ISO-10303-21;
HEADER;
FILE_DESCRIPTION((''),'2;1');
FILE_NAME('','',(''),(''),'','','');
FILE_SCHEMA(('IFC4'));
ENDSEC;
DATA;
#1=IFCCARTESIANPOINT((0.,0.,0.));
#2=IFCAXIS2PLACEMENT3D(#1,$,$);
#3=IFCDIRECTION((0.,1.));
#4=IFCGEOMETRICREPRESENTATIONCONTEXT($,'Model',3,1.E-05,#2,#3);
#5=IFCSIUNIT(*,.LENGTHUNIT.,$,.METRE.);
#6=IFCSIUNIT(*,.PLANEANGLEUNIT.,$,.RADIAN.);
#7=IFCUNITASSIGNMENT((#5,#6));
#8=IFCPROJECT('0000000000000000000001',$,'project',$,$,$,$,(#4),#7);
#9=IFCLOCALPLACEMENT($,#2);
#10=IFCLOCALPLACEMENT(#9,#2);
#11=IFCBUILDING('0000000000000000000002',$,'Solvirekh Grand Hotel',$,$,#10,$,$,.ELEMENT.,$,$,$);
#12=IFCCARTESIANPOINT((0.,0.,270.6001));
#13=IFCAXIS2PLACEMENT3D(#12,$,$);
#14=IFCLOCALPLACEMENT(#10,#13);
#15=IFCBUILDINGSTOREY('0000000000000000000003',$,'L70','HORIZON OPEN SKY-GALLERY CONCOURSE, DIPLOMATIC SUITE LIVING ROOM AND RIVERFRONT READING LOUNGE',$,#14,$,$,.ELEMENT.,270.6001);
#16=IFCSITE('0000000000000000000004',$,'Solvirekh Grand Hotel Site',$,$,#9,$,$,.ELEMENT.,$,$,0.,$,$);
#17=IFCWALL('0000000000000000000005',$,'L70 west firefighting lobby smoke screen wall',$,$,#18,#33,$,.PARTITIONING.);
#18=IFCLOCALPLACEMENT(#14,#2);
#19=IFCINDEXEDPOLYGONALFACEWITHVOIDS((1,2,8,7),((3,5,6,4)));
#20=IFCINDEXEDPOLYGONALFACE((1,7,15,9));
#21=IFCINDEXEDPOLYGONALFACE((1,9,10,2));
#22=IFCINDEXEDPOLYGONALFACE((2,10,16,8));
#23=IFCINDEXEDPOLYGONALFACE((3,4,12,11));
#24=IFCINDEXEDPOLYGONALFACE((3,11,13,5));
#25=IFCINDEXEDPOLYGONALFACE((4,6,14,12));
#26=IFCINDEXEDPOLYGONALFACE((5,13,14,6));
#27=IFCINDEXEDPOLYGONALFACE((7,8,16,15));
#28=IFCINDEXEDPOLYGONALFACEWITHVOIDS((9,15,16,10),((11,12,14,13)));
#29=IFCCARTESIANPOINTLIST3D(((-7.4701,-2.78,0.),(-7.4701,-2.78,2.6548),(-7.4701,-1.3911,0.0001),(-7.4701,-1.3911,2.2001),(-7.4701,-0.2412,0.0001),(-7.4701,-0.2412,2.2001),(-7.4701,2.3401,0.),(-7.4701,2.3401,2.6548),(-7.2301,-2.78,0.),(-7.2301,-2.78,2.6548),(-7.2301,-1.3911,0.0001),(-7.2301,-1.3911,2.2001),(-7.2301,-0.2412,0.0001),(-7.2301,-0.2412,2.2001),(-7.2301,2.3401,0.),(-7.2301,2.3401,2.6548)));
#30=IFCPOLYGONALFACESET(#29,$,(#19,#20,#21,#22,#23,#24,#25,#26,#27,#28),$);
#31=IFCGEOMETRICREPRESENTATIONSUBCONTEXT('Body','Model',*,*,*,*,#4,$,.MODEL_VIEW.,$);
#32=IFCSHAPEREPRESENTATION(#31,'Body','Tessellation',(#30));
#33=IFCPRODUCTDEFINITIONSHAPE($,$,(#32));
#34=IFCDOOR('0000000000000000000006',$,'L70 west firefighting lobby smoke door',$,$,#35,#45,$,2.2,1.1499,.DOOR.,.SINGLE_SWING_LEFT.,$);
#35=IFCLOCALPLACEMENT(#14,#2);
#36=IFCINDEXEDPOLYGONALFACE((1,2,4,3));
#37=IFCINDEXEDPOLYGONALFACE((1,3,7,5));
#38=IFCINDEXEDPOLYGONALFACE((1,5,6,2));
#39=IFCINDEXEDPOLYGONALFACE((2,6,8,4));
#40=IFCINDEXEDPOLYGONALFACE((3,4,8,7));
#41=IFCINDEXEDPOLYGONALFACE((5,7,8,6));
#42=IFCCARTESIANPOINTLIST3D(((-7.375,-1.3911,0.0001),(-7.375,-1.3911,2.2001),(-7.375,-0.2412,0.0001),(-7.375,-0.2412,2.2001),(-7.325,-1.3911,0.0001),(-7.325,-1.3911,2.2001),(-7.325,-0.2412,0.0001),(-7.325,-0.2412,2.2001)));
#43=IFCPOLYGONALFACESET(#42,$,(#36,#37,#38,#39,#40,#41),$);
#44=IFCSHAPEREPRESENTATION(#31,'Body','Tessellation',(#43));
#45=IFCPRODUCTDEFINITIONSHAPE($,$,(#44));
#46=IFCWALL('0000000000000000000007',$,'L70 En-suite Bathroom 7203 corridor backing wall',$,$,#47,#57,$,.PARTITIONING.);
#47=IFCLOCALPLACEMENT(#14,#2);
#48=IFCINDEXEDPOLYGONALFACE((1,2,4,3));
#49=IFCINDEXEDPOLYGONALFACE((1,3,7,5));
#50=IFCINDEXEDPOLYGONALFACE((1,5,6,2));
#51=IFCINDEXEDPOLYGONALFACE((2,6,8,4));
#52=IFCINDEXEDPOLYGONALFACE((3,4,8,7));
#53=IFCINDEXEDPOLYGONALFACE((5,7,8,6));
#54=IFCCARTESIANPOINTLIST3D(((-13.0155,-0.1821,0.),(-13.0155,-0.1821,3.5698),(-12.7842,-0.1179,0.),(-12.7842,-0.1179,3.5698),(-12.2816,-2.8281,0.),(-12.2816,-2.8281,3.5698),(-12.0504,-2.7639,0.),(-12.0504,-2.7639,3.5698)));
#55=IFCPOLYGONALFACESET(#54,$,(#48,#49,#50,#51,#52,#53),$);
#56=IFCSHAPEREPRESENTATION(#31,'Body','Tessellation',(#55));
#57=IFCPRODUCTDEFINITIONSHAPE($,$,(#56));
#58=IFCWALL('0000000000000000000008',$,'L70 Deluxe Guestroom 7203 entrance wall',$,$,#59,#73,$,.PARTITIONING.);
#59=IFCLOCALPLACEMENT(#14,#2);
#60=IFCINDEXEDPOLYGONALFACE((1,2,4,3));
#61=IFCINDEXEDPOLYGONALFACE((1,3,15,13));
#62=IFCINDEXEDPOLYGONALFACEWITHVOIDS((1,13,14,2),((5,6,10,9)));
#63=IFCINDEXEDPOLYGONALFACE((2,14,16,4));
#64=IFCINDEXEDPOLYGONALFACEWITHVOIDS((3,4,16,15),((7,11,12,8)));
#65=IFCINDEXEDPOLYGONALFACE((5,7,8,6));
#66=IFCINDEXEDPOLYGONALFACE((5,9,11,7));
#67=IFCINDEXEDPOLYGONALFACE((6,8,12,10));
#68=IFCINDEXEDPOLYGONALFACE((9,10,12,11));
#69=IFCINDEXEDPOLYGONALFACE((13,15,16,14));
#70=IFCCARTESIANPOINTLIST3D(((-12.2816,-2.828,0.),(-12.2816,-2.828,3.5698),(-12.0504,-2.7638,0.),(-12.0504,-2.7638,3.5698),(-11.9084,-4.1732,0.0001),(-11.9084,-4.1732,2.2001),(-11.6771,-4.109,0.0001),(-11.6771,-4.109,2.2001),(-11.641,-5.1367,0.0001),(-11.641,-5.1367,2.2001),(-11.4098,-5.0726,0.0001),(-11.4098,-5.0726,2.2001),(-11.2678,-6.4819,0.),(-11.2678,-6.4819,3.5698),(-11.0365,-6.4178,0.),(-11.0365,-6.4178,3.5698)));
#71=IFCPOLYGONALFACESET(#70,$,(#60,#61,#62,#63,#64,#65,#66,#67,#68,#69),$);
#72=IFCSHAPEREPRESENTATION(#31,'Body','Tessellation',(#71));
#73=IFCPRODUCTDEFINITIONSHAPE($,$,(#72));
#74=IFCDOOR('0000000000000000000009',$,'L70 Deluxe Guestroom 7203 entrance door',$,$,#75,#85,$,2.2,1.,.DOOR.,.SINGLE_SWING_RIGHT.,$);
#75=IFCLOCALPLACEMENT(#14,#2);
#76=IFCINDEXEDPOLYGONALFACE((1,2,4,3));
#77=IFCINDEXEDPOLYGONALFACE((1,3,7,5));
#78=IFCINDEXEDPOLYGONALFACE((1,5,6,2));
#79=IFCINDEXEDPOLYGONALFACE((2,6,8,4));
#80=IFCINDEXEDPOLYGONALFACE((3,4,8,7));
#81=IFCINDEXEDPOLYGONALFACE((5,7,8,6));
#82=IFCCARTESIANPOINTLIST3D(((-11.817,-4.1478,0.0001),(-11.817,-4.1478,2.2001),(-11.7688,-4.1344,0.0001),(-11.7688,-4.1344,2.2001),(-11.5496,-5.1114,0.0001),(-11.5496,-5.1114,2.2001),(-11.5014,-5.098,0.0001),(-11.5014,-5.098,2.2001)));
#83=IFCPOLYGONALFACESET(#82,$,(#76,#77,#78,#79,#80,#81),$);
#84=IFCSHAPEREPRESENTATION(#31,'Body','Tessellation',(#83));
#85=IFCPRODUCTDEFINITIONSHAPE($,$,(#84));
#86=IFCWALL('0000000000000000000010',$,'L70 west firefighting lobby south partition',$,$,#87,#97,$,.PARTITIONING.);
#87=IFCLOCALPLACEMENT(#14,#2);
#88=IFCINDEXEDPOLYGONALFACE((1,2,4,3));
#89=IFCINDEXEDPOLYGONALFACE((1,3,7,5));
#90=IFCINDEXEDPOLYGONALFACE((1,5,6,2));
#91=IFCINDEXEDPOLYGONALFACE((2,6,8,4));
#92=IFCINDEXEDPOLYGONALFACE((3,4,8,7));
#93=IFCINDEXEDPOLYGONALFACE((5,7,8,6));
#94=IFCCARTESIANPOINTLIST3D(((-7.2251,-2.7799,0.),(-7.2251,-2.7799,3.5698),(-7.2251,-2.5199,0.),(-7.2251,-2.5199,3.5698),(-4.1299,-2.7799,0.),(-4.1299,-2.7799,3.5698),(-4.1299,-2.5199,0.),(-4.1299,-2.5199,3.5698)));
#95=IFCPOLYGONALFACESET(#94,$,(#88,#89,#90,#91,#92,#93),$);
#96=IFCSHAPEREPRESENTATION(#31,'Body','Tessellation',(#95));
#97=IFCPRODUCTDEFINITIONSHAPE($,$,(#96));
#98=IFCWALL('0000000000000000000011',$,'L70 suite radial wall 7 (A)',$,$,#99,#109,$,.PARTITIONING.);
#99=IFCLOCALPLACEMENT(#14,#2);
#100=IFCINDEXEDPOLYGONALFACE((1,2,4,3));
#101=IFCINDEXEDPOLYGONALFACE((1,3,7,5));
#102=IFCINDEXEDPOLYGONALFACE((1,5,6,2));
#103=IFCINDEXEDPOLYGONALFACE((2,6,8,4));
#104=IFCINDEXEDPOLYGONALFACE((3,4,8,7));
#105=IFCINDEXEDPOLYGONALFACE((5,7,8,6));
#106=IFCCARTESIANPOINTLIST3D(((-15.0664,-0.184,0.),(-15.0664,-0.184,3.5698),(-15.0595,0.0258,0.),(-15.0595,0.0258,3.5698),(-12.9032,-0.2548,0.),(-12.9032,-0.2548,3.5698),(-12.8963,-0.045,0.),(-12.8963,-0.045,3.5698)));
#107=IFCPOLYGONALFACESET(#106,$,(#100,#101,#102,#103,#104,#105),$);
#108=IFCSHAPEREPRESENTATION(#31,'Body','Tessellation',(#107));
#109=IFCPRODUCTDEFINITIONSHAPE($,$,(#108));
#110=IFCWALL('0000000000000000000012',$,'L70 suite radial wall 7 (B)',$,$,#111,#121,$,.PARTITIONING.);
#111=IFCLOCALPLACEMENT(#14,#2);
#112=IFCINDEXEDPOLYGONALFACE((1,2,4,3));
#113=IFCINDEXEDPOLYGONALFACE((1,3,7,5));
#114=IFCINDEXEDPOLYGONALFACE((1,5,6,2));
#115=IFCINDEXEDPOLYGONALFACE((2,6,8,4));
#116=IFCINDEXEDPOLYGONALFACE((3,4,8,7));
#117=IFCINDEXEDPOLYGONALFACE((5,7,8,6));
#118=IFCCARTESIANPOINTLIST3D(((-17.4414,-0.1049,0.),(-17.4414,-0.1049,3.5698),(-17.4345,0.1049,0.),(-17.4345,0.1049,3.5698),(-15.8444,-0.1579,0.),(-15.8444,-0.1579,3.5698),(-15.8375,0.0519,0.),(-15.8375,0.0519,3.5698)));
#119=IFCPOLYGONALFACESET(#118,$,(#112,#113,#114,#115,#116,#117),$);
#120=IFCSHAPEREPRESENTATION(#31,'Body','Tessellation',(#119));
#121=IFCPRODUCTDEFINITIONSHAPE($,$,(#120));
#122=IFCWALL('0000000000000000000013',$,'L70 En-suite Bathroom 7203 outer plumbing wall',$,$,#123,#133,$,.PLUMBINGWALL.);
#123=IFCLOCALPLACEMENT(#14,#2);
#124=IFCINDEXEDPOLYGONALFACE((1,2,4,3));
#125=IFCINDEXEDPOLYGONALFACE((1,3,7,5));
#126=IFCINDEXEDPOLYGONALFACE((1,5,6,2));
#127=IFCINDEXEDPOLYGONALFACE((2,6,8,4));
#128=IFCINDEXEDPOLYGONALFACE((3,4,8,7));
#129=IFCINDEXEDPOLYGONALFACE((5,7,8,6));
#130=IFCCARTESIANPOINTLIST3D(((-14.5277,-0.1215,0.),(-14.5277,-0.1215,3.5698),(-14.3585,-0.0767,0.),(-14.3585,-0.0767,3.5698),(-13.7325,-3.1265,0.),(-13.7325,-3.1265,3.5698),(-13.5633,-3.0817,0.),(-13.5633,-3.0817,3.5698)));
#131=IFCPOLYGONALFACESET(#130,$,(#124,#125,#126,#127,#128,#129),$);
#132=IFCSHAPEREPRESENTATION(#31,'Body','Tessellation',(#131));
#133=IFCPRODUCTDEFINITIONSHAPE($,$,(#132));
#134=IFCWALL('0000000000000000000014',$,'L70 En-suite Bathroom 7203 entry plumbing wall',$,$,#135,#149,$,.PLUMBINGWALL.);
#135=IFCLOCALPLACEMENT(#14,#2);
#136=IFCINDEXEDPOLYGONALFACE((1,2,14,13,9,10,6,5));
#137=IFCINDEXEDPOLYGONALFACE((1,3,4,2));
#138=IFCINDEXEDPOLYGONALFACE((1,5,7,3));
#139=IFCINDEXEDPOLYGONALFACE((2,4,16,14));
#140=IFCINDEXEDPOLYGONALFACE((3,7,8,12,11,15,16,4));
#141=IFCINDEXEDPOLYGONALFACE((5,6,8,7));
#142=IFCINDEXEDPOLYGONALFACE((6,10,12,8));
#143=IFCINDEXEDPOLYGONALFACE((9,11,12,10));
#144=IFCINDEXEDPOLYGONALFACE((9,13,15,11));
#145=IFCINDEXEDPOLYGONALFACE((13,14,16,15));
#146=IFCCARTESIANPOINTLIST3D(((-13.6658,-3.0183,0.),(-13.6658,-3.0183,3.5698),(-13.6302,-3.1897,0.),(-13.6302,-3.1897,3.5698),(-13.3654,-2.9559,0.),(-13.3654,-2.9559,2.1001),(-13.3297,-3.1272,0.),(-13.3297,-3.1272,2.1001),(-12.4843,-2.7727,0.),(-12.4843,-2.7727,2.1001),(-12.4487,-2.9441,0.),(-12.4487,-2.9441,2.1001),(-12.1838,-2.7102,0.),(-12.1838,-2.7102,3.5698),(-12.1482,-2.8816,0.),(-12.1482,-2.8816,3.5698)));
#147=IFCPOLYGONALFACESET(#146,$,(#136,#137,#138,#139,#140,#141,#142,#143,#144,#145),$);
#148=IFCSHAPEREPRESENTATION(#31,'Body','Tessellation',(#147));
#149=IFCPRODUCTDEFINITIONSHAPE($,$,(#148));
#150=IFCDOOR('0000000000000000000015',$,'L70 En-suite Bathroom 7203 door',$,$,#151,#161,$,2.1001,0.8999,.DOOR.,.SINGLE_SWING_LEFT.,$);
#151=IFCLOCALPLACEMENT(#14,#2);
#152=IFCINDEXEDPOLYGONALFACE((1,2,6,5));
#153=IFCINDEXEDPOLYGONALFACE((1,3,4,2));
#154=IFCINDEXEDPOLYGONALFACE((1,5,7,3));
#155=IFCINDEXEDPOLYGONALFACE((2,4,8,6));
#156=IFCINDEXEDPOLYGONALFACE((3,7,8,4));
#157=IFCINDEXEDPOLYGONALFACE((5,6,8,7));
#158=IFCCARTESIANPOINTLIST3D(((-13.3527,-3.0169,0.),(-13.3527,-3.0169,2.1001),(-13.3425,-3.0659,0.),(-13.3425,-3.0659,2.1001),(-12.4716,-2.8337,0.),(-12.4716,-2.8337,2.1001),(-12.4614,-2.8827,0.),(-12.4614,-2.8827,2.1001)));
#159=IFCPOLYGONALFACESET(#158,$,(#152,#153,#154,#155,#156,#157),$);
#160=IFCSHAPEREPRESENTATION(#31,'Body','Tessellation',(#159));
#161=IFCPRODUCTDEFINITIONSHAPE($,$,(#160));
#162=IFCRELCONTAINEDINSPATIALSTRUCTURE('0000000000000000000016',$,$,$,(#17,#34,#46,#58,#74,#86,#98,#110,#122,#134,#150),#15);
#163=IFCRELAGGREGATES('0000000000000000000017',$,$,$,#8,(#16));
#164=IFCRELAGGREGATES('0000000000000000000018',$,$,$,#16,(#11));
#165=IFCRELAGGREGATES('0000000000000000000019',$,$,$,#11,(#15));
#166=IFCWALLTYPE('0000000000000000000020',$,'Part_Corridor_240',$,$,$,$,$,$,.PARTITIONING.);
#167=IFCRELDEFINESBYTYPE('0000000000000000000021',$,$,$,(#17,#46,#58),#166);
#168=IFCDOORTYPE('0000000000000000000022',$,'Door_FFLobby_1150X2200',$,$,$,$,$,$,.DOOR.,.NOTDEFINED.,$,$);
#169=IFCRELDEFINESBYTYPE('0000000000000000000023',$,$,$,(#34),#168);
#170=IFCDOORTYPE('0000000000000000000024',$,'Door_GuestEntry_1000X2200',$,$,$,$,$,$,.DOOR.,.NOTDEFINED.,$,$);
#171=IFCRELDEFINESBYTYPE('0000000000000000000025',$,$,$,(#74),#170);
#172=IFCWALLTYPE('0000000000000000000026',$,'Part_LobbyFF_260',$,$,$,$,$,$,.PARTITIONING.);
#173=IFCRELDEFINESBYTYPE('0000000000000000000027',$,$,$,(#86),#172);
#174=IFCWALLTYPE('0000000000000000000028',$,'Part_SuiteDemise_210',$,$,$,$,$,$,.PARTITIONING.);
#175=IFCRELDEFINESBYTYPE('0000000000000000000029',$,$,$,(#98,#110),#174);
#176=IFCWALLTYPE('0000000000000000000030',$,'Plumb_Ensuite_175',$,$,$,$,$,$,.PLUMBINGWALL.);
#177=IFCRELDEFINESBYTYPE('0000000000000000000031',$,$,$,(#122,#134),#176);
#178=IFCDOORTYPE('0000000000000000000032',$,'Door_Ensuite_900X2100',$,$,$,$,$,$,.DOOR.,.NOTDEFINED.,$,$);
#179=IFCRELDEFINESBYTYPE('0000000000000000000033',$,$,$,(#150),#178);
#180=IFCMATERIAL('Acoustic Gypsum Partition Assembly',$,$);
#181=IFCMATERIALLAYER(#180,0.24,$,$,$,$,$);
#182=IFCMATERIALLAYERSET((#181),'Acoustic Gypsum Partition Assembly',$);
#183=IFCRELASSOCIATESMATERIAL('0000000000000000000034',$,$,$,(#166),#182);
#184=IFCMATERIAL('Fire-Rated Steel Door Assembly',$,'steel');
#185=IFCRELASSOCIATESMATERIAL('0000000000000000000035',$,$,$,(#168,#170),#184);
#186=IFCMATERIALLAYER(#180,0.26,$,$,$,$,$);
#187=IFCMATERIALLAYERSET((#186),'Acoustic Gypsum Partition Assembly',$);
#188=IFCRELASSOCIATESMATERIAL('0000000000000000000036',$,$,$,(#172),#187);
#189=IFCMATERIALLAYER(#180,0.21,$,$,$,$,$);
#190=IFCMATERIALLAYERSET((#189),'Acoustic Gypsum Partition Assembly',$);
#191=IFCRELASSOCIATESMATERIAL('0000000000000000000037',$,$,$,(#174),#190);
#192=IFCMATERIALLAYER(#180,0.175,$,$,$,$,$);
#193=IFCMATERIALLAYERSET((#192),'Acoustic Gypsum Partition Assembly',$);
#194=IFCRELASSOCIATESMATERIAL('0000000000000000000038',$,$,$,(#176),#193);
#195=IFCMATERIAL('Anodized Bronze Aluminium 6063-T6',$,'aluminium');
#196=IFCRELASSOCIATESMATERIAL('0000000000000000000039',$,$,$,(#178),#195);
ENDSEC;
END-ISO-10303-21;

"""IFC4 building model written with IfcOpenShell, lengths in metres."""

from ifc_helpers import new_model, si_unit, direction, frame, frame_2d, origin, place, context, subcontext, project, spatial, rectangle, extrude, material, layer, layer_set, type_object, element, fill, save


model = new_model("IFC4")

# Units and contexts
model_context = context("Model", 3, precision=1e-05, world=origin(), true_north=direction((0.0, 1.0)))
body_context = subcontext(model_context, "Body", "Model", "MODEL_VIEW")
ifc_project = project(units=[si_unit("LENGTHUNIT", "METRE"), si_unit("PLANEANGLEUNIT", "RADIAN")], contexts=[model_context])

# Site, building, storey
site_placement = place(None, origin())
site = spatial("IfcSite", under=ifc_project, at=site_placement, Name="Solvirekh Grand Hotel Site", CompositionType="ELEMENT", RefElevation=0.0)
building_placement = place(site_placement, origin())
building = spatial("IfcBuilding", under=site, at=building_placement, Name="Solvirekh Grand Hotel", CompositionType="ELEMENT")
storey_placement = place(building_placement, frame((0.0, 0.0, 270.6001)))
storey = spatial("IfcBuildingStorey", under=building, at=storey_placement, Name="L70", Description="HORIZON OPEN SKY-GALLERY CONCOURSE, DIPLOMATIC SUITE LIVING ROOM AND RIVERFRONT READING LOUNGE", CompositionType="ELEMENT", Elevation=270.6001)

# Shared definitions
ifc_material_1 = material(Name="Fire-Rated Steel Door Assembly", Category="steel")

# Shared definitions
ifc_material_2 = material(Name="Anodized Bronze Aluminium 6063-T6", Category="aluminium")

# Shared definitions
ifc_material_3 = material(Name="Acoustic Gypsum Partition Assembly")

# Wall, opening, door
ifc_layer_1 = layer(ifc_material_3, 0.24)
ifc_layer_set_1 = layer_set([ifc_layer_1], Name="Acoustic Gypsum Partition Assembly")
wall_type_1 = type_object("IfcWallType", Name="Part_Corridor_240", PredefinedType="PARTITIONING", material=ifc_layer_set_1)
wall_1_placement = place(storey_placement, frame((-7.3501, -2.78, 0.0), z_axis=(0.0, 0.0, 1.0), x_axis=(0.0, 1.0, 0.0)))
wall_1 = element("IfcWall", 1, at=wall_1_placement, inside=storey, type_object=wall_type_1, Name="L70 west firefighting lobby smoke screen wall", PredefinedType="PARTITIONING", context=body_context, shape_type="SweptSolid", body=[
    extrude(rectangle(XDim=5.1201, YDim=0.24, at=frame_2d((2.5601, 0.0))), origin(), (0.0, 0.0, 1.0), 2.6548),
])
opening_1_placement = place(wall_1_placement, frame((1.3889, 0.0, 0.0)))
opening_1 = element("IfcOpeningElement", 2, at=opening_1_placement, cuts=wall_1, PredefinedType="OPENING", context=body_context, shape_type="SweptSolid", body=[
    extrude(rectangle(XDim=1.1499, YDim=2.2, at=frame_2d((0.575, 1.1001))), frame((0.0, 0.1299, 0.0), z_axis=(0.0, -1.0, 0.0), x_axis=(1.0, 0.0, 0.0)), (0.0, 0.0, 1.0), 0.26),
])
door_type_1 = type_object("IfcDoorType", Name="Door_FFLobby_1150X2200", OperationType="NOTDEFINED", PredefinedType="DOOR", material=ifc_material_1)
door_1_placement = place(opening_1_placement, origin())
door_1 = element("IfcDoor", 3, at=door_1_placement, inside=storey, type_object=door_type_1, Name="L70 west firefighting lobby smoke door", OperationType="SINGLE_SWING_LEFT", OverallHeight=2.2, OverallWidth=1.1499, PredefinedType="DOOR", context=body_context, shape_type="SweptSolid", body=[
    extrude(rectangle(XDim=1.1499, YDim=2.2, at=frame_2d((0.575, 1.1001))), frame((0.0, 0.0249, 0.0), z_axis=(0.0, -1.0, 0.0), x_axis=(1.0, 0.0, 0.0)), (0.0, 0.0, 1.0), 0.05),
])
fill(opening_1, door_1)

# Wall
wall_2_placement = place(storey_placement, frame((-12.8999, -0.1499, 0.0), z_axis=(0.0, 0.0, 1.0), x_axis=(0.267268, -0.963622, 0.0)))
element("IfcWall", 4, at=wall_2_placement, inside=storey, type_object=wall_type_1, Name="L70 En-suite Bathroom 7203 corridor backing wall", PredefinedType="PARTITIONING", context=body_context, shape_type="SweptSolid", body=[
    extrude(rectangle(XDim=2.7458, YDim=0.24, at=frame_2d((1.373, 0.0))), origin(), (0.0, 0.0, 1.0), 3.5698),
])

# Wall, opening, door
wall_3_placement = place(storey_placement, frame((-12.166, -2.7959, 0.0), z_axis=(0.0, 0.0, 1.0), x_axis=(0.267375, -0.963593, 0.0)))
wall_3 = element("IfcWall", 5, at=wall_3_placement, inside=storey, type_object=wall_type_1, Name="L70 Deluxe Guestroom 7203 entrance wall", PredefinedType="PARTITIONING", context=body_context, shape_type="SweptSolid", body=[
    extrude(rectangle(XDim=3.792, YDim=0.24, at=frame_2d((1.896, 0.0))), origin(), (0.0, 0.0, 1.0), 3.5698),
])
opening_2_placement = place(wall_3_placement, frame((1.396, 0.0, 0.0)))
opening_2 = element("IfcOpeningElement", 6, at=opening_2_placement, cuts=wall_3, PredefinedType="OPENING", context=body_context, shape_type="SweptSolid", body=[
    extrude(rectangle(XDim=1.0, YDim=2.2, at=frame_2d((0.5, 1.1001))), frame((0.0, 0.1299, 0.0), z_axis=(0.0, -1.0, 0.0), x_axis=(1.0, 0.0, 0.0)), (0.0, 0.0, 1.0), 0.26),
])
door_type_2 = type_object("IfcDoorType", Name="Door_GuestEntry_1000X2200", OperationType="NOTDEFINED", PredefinedType="DOOR", material=ifc_material_1)
door_2_placement = place(opening_2_placement, origin())
door_2 = element("IfcDoor", 7, at=door_2_placement, inside=storey, type_object=door_type_2, Name="L70 Deluxe Guestroom 7203 entrance door", OperationType="SINGLE_SWING_RIGHT", OverallHeight=2.2, OverallWidth=1.0, PredefinedType="DOOR", context=body_context, shape_type="SweptSolid", body=[
    extrude(rectangle(XDim=1.0, YDim=2.2, at=frame_2d((0.5, 1.1001))), frame((0.0, 0.0249, 0.0), z_axis=(0.0, -1.0, 0.0), x_axis=(1.0, 0.0, 0.0)), (0.0, 0.0, 1.0), 0.05),
])
fill(opening_2, door_2)

# Walls
ifc_layer_2 = layer(ifc_material_3, 0.26)
ifc_layer_set_2 = layer_set([ifc_layer_2], Name="Acoustic Gypsum Partition Assembly")
wall_type_2 = type_object("IfcWallType", Name="Part_LobbyFF_260", PredefinedType="PARTITIONING", material=ifc_layer_set_2)
wall_4_placement = place(storey_placement, frame((-7.2251, -2.6499, 0.0), z_axis=(0.0, 0.0, 1.0), x_axis=(1.0, 0.0, 0.0)))
element("IfcWall", 8, at=wall_4_placement, inside=storey, type_object=wall_type_2, Name="L70 west firefighting lobby south partition", PredefinedType="PARTITIONING", context=body_context, shape_type="SweptSolid", body=[
    extrude(rectangle(XDim=3.0952, YDim=0.26, at=frame_2d((1.5476, 0.0))), origin(), (0.0, 0.0, 1.0), 3.5698),
])
ifc_layer_3 = layer(ifc_material_3, 0.21)
ifc_layer_set_3 = layer_set([ifc_layer_3], Name="Acoustic Gypsum Partition Assembly")
wall_type_3 = type_object("IfcWallType", Name="Part_SuiteDemise_210", PredefinedType="PARTITIONING", material=ifc_layer_set_3)
wall_5_placement = place(storey_placement, frame((-12.8999, -0.1499, 0.0), z_axis=(0.0, 0.0, 1.0), x_axis=(-0.999465, 0.032714, 0.0)))
element("IfcWall", 9, at=wall_5_placement, inside=storey, type_object=wall_type_3, Name="L70 suite radial wall 7 (A)", PredefinedType="PARTITIONING", context=body_context, shape_type="SweptSolid", body=[
    extrude(rectangle(XDim=2.1643, YDim=0.21, at=frame_2d((1.082, 0.0))), origin(), (0.0, 0.0, 1.0), 3.5698),
])
wall_6_placement = place(storey_placement, frame((-15.8411, -0.053, 0.0), z_axis=(0.0, 0.0, 1.0), x_axis=(-0.99945, 0.033157, 0.0)))
element("IfcWall", 10, at=wall_6_placement, inside=storey, type_object=wall_type_3, Name="L70 suite radial wall 7 (B)", PredefinedType="PARTITIONING", context=body_context, shape_type="SweptSolid", body=[
    extrude(rectangle(XDim=1.5979, YDim=0.21, at=frame_2d((0.7988, 0.0))), origin(), (0.0, 0.0, 1.0), 3.5698),
])
ifc_layer_4 = layer(ifc_material_3, 0.175)
ifc_layer_set_4 = layer_set([ifc_layer_4], Name="Acoustic Gypsum Partition Assembly")
wall_type_4 = type_object("IfcWallType", Name="Plumb_Ensuite_175", PredefinedType="PLUMBINGWALL", material=ifc_layer_set_4)
wall_7_placement = place(storey_placement, frame((-14.4431, -0.0991, 0.0), z_axis=(0.0, 0.0, 1.0), x_axis=(0.255819, -0.966725, 0.0)))
element("IfcWall", 11, at=wall_7_placement, inside=storey, type_object=wall_type_4, Name="L70 En-suite Bathroom 7203 outer plumbing wall", PredefinedType="PLUMBINGWALL", context=body_context, shape_type="SweptSolid", body=[
    extrude(rectangle(XDim=3.1084, YDim=0.175, at=frame_2d((1.5542, 0.0))), origin(), (0.0, 0.0, 1.0), 3.5698),
])

# Wall, opening, door
wall_8_placement = place(storey_placement, frame((-12.166, -2.7959, 0.0), z_axis=(0.0, 0.0, 1.0), x_axis=(-0.979064, -0.203555, 0.0)))
wall_8 = element("IfcWall", 12, at=wall_8_placement, inside=storey, type_object=wall_type_4, Name="L70 En-suite Bathroom 7203 entry plumbing wall", PredefinedType="PLUMBINGWALL", context=body_context, shape_type="SweptSolid", body=[
    extrude(rectangle(XDim=1.5137, YDim=0.175, at=frame_2d((0.7568, 0.0))), origin(), (0.0, 0.0, 1.0), 3.5698),
])
opening_3_placement = place(wall_8_placement, frame((0.3069, 0.0, 0.0)))
opening_3 = element("IfcOpeningElement", 13, at=opening_3_placement, cuts=wall_8, PredefinedType="OPENING", context=body_context, shape_type="SweptSolid", body=[
    extrude(rectangle(XDim=0.8999, YDim=2.1001, at=frame_2d((0.45, 1.05))), frame((0.0, 0.0977, 0.0), z_axis=(0.0, -1.0, 0.0), x_axis=(1.0, 0.0, 0.0)), (0.0, 0.0, 1.0), 0.1951),
])
door_type_3 = type_object("IfcDoorType", Name="Door_Ensuite_900X2100", OperationType="NOTDEFINED", PredefinedType="DOOR", material=ifc_material_2)
door_3_placement = place(opening_3_placement, origin())
door_3 = element("IfcDoor", 14, at=door_3_placement, inside=storey, type_object=door_type_3, Name="L70 En-suite Bathroom 7203 door", OperationType="SINGLE_SWING_LEFT", OverallHeight=2.1001, OverallWidth=0.8999, PredefinedType="DOOR", context=body_context, shape_type="SweptSolid", body=[
    extrude(rectangle(XDim=0.8999, YDim=2.1001, at=frame_2d((0.45, 1.05))), frame((0.0, 0.0249, 0.0), z_axis=(0.0, -1.0, 0.0), x_axis=(1.0, 0.0, 0.0)), (0.0, 0.0, 1.0), 0.05),
])
fill(opening_3, door_3)

save(model, "model.ifc")
